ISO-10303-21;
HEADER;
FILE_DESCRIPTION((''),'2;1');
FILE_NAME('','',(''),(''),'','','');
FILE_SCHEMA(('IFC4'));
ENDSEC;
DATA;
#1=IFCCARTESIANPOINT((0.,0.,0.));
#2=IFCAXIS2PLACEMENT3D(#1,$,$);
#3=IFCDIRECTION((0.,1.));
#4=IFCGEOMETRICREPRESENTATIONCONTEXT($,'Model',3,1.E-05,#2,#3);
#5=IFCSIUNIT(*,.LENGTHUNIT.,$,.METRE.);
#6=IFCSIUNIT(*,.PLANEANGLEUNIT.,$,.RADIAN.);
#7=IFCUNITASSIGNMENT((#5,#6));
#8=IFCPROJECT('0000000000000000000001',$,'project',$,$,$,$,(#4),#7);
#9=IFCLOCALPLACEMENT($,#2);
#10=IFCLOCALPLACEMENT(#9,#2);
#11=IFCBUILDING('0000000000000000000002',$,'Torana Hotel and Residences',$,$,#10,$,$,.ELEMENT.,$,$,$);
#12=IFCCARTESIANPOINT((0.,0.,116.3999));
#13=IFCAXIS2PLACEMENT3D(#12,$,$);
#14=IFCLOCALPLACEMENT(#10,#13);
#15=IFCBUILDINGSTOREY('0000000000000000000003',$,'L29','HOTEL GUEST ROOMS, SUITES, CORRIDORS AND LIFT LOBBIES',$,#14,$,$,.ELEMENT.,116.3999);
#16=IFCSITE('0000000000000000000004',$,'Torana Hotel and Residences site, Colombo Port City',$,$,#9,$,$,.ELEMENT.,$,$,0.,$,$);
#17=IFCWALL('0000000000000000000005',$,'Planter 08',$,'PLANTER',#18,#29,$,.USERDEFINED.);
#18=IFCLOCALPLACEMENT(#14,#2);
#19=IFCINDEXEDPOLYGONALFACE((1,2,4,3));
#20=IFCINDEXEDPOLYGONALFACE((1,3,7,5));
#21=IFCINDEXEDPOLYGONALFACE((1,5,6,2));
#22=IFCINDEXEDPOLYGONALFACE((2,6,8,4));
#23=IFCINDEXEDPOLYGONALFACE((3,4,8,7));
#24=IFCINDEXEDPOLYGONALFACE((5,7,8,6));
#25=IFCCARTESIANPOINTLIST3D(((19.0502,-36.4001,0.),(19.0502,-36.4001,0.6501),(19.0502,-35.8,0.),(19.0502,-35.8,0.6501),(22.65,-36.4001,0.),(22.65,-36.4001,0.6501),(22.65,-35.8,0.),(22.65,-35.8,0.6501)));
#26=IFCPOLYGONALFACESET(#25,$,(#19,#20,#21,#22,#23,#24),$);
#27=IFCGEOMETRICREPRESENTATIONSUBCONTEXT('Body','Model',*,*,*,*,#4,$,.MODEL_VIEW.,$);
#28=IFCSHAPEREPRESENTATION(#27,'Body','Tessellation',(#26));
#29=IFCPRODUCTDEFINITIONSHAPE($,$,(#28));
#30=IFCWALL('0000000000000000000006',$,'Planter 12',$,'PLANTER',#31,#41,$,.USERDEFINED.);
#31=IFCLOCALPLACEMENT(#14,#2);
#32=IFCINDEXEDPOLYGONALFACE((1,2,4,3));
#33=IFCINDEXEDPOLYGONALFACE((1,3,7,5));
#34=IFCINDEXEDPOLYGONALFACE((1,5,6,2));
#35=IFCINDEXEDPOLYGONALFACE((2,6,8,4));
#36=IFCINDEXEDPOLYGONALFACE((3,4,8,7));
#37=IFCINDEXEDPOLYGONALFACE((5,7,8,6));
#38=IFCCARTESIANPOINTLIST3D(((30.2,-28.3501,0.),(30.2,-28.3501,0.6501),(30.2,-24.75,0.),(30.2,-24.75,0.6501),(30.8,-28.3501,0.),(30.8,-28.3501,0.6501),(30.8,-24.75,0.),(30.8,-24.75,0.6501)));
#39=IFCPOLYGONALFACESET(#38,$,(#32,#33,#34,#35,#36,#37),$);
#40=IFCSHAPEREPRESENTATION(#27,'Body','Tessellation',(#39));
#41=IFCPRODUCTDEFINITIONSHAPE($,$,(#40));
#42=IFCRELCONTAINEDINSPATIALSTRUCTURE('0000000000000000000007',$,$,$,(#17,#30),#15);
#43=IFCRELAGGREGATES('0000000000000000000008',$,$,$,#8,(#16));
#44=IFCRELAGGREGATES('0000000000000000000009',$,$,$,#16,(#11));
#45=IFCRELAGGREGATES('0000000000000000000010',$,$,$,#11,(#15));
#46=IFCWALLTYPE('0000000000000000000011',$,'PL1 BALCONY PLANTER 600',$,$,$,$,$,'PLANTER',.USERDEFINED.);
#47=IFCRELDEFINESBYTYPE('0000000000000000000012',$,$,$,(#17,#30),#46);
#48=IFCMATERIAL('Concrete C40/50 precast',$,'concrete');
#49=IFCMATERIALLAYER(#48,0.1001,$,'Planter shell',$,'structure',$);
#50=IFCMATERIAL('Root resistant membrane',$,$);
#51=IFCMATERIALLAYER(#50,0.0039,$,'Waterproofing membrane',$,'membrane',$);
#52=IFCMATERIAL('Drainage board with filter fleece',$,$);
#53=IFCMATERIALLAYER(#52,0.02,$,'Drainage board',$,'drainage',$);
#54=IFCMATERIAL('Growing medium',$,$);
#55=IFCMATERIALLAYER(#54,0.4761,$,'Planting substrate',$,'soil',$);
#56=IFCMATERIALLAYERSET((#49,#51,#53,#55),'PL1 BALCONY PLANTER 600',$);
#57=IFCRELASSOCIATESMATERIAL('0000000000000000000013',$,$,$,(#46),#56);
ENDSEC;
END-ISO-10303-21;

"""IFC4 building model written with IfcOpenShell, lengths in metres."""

from ifc_helpers import new_model, si_unit, direction, frame, frame_2d, origin, place, context, subcontext, project, spatial, rectangle, extrude, material, layer, layer_set, type_object, element, save


model = new_model("IFC4")

# Units and contexts
model_context = context("Model", 3, precision=1e-05, world=origin(), true_north=direction((0.0, 1.0)))
body_context = subcontext(model_context, "Body", "Model", "MODEL_VIEW")
ifc_project = project(units=[si_unit("LENGTHUNIT", "METRE"), si_unit("PLANEANGLEUNIT", "RADIAN")], contexts=[model_context])

# Site, building, storey
site_placement = place(None, origin())
site = spatial("IfcSite", under=ifc_project, at=site_placement, Name="Torana Hotel and Residences site, Colombo Port City", CompositionType="ELEMENT", RefElevation=0.0)
building_placement = place(site_placement, origin())
building = spatial("IfcBuilding", under=site, at=building_placement, Name="Torana Hotel and Residences", CompositionType="ELEMENT")
storey_placement = place(building_placement, frame((0.0, 0.0, 116.3999)))
storey = spatial("IfcBuildingStorey", under=building, at=storey_placement, Name="L29", Description="HOTEL GUEST ROOMS, SUITES, CORRIDORS AND LIFT LOBBIES", CompositionType="ELEMENT", Elevation=116.3999)

# Walls
ifc_material_1 = material(Name="Concrete C40/50 precast", Category="concrete")
ifc_layer_1 = layer(ifc_material_1, 0.1001, Name="Planter shell", Category="structure")
ifc_material_2 = material(Name="Root resistant membrane")
ifc_layer_2 = layer(ifc_material_2, 0.0039, Name="Waterproofing membrane", Category="membrane")
ifc_material_3 = material(Name="Drainage board with filter fleece")
ifc_layer_3 = layer(ifc_material_3, 0.02, Name="Drainage board", Category="drainage")
ifc_material_4 = material(Name="Growing medium")
ifc_layer_4 = layer(ifc_material_4, 0.4761, Name="Planting substrate", Category="soil")
ifc_layer_set_1 = layer_set([ifc_layer_1, ifc_layer_2, ifc_layer_3, ifc_layer_4], Name="PL1 BALCONY PLANTER 600")
wall_type_1 = type_object("IfcWallType", Name="PL1 BALCONY PLANTER 600", ElementType="PLANTER", PredefinedType="USERDEFINED", material=ifc_layer_set_1)
wall_1_placement = place(storey_placement, frame((22.6499, -36.1001, 0.0), z_axis=(0.0, 0.0, 1.0), x_axis=(-1.0, 0.0, 0.0)))
element("IfcWall", 1, at=wall_1_placement, inside=storey, type_object=wall_type_1, Name="Planter 08", ObjectType="PLANTER", PredefinedType="USERDEFINED", context=body_context, shape_type="SweptSolid", body=[
    extrude(rectangle(XDim=3.5999, YDim=0.6001, at=frame_2d((1.7998, 0.0))), origin(), (0.0, 0.0, 1.0), 0.6501),
])
wall_2_placement = place(storey_placement, frame((30.5, -24.75, 0.0), z_axis=(0.0, 0.0, 1.0), x_axis=(0.0, -1.0, 0.0)))
element("IfcWall", 2, at=wall_2_placement, inside=storey, type_object=wall_type_1, Name="Planter 12", ObjectType="PLANTER", PredefinedType="USERDEFINED", context=body_context, shape_type="SweptSolid", body=[
    extrude(rectangle(XDim=3.6001, YDim=0.6001, at=frame_2d((1.8, 0.0))), origin(), (0.0, 0.0, 1.0), 0.6501),
])

save(model, "model.ifc")
